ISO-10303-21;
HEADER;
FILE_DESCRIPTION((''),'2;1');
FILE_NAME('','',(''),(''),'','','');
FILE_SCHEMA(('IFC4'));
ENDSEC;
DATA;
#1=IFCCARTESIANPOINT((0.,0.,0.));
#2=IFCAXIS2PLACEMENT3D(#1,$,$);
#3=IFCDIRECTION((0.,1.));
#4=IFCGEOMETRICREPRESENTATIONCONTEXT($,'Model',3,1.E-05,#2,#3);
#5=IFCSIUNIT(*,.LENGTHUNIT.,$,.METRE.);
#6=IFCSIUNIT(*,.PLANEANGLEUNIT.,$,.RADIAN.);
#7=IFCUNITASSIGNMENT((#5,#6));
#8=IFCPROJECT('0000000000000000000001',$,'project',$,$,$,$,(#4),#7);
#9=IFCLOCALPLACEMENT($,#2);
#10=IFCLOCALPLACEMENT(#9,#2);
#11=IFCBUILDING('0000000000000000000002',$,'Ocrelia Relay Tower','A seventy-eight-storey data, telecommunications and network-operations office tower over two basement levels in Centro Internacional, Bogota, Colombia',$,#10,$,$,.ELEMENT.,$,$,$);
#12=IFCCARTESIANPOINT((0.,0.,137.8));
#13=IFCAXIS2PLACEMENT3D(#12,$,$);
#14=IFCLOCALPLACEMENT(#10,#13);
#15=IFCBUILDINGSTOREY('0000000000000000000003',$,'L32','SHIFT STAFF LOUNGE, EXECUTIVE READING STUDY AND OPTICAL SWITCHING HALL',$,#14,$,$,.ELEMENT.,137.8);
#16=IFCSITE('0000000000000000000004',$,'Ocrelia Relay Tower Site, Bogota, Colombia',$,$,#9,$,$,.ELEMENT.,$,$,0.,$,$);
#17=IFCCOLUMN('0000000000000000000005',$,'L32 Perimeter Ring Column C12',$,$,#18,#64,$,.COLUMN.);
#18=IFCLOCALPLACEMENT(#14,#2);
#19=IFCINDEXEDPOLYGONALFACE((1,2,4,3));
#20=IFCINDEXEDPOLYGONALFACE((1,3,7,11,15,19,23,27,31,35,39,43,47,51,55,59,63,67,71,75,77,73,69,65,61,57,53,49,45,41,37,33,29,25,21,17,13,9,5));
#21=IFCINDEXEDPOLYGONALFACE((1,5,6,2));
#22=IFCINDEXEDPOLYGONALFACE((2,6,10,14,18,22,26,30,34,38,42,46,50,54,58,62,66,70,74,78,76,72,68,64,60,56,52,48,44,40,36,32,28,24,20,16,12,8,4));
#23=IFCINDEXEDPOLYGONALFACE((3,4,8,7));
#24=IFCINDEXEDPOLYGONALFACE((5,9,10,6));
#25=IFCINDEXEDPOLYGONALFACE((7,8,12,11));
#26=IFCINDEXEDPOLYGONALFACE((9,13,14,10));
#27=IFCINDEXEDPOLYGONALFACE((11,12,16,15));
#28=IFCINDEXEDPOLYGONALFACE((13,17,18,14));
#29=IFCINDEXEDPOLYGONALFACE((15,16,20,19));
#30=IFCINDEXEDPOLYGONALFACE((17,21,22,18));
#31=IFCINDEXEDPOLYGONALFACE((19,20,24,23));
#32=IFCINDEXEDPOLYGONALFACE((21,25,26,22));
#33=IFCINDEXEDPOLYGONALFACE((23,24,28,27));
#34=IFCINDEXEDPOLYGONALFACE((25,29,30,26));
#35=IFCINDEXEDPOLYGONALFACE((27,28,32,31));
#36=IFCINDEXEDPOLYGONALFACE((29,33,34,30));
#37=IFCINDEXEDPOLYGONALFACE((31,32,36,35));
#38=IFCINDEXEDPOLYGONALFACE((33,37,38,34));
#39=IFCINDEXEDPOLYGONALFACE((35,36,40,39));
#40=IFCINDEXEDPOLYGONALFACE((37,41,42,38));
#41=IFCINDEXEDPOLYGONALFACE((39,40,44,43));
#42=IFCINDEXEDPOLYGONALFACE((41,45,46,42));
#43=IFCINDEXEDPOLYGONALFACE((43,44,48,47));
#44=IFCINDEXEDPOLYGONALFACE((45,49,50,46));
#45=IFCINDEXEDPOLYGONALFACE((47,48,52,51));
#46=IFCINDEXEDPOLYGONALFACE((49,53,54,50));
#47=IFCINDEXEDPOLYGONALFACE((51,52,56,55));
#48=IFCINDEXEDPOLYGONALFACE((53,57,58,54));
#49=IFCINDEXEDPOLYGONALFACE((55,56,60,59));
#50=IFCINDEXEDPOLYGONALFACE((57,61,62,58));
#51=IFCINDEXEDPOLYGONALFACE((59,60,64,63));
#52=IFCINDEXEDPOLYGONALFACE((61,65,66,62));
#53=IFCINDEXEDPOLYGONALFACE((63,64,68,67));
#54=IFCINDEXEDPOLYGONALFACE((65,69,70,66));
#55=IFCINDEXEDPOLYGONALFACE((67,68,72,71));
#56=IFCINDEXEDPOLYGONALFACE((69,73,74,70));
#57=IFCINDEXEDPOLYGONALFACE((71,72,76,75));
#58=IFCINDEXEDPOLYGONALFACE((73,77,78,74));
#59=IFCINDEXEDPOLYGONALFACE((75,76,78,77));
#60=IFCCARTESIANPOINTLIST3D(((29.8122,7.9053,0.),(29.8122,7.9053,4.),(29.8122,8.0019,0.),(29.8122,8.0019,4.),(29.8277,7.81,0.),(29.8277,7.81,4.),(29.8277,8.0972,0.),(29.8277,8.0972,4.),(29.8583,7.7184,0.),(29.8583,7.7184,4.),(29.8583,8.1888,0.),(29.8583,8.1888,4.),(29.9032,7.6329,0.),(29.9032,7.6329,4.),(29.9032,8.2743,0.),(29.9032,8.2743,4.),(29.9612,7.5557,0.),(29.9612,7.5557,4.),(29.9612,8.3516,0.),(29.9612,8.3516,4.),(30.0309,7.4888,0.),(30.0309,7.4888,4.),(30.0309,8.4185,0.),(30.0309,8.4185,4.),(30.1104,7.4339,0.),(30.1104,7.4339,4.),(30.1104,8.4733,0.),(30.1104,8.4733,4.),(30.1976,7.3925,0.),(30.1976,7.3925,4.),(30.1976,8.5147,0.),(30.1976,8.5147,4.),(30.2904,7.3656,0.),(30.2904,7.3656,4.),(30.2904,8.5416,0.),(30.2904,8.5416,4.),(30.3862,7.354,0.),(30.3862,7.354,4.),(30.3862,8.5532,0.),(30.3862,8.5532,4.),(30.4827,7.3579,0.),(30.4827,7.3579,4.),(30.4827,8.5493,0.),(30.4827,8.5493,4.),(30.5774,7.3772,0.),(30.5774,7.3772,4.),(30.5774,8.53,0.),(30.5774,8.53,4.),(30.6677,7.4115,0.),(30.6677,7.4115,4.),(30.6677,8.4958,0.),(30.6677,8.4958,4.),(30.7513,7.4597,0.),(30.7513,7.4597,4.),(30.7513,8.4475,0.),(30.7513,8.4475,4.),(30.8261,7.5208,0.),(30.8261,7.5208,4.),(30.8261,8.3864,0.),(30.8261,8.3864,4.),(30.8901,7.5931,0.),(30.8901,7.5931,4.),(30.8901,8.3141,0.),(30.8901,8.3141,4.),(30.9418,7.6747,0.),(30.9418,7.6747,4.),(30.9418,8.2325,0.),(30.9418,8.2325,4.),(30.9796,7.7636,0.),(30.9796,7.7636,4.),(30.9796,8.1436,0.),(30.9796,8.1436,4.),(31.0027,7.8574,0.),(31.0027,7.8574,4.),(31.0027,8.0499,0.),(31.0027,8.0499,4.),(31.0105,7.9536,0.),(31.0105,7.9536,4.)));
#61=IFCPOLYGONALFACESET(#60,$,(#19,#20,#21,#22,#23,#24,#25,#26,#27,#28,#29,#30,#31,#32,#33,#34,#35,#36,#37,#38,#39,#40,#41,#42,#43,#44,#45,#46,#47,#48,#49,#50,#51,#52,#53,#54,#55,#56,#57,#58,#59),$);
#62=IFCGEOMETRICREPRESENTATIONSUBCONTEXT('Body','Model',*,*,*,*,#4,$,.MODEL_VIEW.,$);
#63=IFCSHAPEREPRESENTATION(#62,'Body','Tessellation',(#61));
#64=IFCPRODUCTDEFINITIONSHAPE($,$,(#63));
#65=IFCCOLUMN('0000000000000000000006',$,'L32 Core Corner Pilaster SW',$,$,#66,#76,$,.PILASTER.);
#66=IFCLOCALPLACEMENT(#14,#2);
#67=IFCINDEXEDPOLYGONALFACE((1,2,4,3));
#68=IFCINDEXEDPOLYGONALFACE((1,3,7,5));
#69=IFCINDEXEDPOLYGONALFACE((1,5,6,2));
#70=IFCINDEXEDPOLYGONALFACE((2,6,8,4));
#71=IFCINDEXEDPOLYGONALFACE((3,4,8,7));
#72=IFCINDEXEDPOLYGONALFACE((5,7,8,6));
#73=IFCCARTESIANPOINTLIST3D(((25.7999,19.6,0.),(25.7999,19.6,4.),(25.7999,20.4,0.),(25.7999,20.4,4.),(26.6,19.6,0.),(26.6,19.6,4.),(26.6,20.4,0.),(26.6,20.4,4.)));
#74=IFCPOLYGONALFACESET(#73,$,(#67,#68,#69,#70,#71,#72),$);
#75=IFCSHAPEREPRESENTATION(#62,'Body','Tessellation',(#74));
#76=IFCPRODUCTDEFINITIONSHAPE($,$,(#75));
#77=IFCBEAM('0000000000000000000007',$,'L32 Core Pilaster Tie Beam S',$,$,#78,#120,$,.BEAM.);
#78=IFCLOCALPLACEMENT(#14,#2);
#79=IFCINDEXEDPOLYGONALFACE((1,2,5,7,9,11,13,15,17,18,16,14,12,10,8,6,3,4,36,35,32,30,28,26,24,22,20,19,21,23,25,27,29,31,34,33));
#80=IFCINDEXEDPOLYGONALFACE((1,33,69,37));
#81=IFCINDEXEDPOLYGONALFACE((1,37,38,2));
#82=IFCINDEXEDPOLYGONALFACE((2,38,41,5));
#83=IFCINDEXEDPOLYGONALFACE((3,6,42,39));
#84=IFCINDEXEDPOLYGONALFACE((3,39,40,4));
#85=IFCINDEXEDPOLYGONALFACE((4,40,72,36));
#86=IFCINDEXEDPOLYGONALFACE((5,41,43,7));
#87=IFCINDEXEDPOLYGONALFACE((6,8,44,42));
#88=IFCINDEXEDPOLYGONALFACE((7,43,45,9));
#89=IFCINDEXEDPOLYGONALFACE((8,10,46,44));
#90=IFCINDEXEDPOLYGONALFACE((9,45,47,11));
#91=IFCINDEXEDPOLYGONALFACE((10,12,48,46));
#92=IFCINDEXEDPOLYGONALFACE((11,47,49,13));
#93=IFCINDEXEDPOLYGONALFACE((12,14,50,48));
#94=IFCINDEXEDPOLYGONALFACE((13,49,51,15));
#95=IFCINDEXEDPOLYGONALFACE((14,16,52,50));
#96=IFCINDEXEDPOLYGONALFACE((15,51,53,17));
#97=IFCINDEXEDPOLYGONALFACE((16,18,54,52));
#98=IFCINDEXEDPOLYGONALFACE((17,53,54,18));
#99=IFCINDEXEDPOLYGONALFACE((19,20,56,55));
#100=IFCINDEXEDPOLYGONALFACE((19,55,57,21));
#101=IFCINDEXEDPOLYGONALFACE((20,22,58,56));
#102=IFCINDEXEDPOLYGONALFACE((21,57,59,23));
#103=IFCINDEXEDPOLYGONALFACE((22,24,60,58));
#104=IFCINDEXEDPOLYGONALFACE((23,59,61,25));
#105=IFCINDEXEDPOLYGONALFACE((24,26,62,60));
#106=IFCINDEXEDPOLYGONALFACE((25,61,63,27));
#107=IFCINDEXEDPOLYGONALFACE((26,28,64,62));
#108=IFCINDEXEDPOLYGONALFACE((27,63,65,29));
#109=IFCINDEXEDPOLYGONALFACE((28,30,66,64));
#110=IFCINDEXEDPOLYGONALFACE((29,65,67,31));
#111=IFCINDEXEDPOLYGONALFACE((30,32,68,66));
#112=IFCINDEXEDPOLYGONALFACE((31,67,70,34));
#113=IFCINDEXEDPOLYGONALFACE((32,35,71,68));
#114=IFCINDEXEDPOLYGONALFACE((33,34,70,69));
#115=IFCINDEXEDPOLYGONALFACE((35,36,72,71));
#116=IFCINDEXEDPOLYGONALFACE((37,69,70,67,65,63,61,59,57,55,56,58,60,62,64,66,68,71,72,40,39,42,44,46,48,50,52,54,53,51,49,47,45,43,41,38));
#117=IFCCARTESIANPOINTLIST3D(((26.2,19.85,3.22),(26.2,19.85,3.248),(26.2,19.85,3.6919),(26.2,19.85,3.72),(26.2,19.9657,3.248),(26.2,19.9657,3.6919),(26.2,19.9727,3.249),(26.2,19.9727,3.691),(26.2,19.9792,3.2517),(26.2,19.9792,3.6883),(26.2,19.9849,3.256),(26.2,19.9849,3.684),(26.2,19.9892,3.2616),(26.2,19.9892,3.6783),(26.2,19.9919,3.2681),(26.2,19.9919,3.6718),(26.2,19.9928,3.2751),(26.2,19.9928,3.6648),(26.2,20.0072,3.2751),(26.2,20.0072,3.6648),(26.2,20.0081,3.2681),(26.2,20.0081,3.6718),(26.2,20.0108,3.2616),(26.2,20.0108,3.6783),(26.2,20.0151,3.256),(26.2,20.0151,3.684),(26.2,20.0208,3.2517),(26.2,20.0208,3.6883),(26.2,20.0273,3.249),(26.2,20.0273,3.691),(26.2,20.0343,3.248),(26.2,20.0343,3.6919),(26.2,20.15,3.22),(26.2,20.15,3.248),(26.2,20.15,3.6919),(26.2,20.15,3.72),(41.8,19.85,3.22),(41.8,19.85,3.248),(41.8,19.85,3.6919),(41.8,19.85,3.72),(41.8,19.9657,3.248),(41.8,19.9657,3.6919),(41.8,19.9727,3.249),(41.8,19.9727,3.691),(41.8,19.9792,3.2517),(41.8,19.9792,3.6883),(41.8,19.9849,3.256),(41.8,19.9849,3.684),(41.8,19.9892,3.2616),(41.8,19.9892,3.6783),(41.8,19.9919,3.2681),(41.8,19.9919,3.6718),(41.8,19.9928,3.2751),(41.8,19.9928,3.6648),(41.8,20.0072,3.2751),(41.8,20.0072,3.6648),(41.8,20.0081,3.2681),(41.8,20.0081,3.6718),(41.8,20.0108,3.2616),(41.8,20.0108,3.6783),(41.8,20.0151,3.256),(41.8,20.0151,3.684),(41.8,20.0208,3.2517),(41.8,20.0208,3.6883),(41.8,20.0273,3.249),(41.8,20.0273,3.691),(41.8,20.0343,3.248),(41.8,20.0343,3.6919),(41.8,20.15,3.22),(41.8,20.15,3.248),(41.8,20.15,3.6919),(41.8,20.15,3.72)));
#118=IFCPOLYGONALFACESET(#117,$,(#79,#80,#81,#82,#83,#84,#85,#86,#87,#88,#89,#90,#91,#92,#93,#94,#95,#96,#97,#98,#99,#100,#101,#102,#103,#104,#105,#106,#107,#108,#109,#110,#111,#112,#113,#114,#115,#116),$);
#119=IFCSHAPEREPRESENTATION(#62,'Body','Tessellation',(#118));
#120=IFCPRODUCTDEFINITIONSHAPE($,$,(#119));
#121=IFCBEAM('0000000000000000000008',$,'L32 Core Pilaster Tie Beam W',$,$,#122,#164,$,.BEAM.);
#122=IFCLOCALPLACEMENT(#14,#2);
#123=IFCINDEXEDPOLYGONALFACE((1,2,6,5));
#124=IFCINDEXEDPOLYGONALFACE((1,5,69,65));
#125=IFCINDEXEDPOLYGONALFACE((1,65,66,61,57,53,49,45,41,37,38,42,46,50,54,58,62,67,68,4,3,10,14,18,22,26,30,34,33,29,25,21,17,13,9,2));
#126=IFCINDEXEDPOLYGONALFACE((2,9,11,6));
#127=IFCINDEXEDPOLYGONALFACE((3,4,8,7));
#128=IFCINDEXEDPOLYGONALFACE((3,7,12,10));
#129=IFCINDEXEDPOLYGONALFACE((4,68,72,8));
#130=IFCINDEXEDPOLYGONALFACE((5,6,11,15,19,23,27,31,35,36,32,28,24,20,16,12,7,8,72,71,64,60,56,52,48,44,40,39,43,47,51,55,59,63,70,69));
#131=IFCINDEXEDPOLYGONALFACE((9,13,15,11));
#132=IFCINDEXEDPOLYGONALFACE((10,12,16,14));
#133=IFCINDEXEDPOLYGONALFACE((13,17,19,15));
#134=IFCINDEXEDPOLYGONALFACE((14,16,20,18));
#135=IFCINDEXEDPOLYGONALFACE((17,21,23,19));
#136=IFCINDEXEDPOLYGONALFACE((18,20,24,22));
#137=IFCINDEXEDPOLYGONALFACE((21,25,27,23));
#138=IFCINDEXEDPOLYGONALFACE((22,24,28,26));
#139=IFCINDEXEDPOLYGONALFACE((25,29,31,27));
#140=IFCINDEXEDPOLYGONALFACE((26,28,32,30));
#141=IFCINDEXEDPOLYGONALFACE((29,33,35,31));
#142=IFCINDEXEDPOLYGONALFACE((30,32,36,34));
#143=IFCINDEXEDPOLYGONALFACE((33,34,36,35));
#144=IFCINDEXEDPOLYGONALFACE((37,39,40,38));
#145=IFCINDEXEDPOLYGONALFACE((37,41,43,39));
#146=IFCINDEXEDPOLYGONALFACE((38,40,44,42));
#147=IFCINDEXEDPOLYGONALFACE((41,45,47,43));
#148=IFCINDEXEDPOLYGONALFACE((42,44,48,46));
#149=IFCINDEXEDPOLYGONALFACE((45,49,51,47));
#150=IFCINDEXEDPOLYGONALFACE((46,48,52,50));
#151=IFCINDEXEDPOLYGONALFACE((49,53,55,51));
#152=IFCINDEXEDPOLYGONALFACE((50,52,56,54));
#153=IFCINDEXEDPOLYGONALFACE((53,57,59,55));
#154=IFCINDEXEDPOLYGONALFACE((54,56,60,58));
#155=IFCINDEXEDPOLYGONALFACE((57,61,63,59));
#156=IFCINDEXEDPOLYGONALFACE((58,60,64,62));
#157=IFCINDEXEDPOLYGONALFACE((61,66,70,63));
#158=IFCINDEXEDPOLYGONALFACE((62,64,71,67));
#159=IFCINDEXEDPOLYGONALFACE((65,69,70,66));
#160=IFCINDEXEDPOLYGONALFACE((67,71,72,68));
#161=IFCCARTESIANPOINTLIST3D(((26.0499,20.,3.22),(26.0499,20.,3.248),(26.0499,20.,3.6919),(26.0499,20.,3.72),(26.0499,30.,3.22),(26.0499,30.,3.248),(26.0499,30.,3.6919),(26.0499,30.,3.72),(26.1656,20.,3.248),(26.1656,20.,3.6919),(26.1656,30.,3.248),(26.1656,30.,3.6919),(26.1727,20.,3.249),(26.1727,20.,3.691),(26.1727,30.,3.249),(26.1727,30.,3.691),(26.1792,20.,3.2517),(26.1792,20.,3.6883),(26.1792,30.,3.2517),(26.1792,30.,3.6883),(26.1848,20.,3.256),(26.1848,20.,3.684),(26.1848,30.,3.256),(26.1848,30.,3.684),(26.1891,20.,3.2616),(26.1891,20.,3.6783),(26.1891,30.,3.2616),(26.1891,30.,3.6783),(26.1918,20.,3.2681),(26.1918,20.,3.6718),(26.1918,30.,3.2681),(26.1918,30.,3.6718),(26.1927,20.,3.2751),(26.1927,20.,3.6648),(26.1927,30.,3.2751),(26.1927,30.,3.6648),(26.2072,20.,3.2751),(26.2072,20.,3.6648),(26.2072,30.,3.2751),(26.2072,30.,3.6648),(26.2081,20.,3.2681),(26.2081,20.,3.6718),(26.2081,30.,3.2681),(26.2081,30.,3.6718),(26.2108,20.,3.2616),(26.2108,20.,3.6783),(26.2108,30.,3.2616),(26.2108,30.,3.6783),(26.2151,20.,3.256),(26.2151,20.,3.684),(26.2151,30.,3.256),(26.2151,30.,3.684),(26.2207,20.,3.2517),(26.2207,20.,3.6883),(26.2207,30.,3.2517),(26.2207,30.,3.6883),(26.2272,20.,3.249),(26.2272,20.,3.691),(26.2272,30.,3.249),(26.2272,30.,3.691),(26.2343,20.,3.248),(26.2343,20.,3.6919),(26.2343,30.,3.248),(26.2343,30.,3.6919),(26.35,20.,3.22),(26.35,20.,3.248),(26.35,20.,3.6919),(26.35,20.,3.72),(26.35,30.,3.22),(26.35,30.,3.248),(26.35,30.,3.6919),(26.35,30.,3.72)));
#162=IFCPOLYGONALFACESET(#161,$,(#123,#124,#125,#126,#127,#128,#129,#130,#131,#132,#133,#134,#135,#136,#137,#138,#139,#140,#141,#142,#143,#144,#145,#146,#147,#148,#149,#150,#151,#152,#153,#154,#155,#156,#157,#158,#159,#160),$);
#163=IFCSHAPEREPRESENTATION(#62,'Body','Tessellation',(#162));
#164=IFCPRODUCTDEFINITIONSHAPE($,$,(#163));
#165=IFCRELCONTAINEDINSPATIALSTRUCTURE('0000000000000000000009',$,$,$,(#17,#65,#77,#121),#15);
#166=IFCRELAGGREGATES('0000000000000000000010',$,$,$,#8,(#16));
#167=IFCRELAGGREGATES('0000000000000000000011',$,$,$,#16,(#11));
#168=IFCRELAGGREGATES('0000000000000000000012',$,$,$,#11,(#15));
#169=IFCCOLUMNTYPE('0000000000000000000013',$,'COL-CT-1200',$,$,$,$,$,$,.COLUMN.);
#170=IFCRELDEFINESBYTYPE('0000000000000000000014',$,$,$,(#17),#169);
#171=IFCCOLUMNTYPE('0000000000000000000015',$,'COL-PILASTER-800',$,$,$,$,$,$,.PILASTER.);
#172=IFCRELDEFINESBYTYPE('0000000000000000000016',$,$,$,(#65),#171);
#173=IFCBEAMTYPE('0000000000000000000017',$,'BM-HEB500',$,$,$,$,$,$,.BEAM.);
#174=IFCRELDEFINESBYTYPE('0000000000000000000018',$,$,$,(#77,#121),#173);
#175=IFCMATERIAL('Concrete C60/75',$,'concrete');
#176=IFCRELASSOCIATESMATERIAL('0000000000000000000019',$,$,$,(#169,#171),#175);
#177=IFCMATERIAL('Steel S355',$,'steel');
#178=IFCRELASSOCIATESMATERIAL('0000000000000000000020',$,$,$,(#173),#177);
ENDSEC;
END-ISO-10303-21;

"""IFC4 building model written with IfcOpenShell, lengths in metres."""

from ifc_helpers import new_model, si_unit, direction, frame, origin, origin_2d, place, context, subcontext, project, spatial, rectangle, circle, i_section, extrude, material, material_profile, profile_set, type_object, element, save


model = new_model("IFC4")

# Units and contexts
model_context = context("Model", 3, precision=1e-05, world=origin(), true_north=direction((0.0, 1.0)))
body_context = subcontext(model_context, "Body", "Model", "MODEL_VIEW")
ifc_project = project(units=[si_unit("LENGTHUNIT", "METRE"), si_unit("PLANEANGLEUNIT", "RADIAN")], contexts=[model_context])

# Site, building, storey
site_placement = place(None, origin())
site = spatial("IfcSite", under=ifc_project, at=site_placement, Name="Ocrelia Relay Tower Site, Bogota, Colombia", CompositionType="ELEMENT", RefElevation=0.0)
building_placement = place(site_placement, origin())
building = spatial("IfcBuilding", under=site, at=building_placement, Name="Ocrelia Relay Tower", Description="A seventy-eight-storey data, telecommunications and network-operations office tower over two basement levels in Centro Internacional, Bogota, Colombia", CompositionType="ELEMENT")
storey_placement = place(building_placement, frame((0.0, 0.0, 137.8)))
storey = spatial("IfcBuildingStorey", under=building, at=storey_placement, Name="L32", Description="SHIFT STAFF LOUNGE, EXECUTIVE READING STUDY AND OPTICAL SWITCHING HALL", CompositionType="ELEMENT", Elevation=137.8)

# Columns
ifc_material_1 = material(Name="Concrete C60/75", Category="concrete")
ifc_material_profile_1 = material_profile(ifc_material_1, circle(Radius=0.6001, at=origin_2d()), Name="RC-CIR-1200")
ifc_profile_set_1 = profile_set([ifc_material_profile_1], Name="Concrete C60/75")
column_type_1 = type_object("IfcColumnType", Name="COL-CT-1200", PredefinedType="COLUMN", material=ifc_profile_set_1)
column_1_placement = place(storey_placement, frame((30.4104, 7.9536, 0.0), z_axis=(0.0, 0.0, 1.0), x_axis=(1.0, 0.0, 0.0)))
element("IfcColumn", 1, at=column_1_placement, inside=storey, type_object=column_type_1, Name="L32 Perimeter Ring Column C12", PredefinedType="COLUMN", context=body_context, shape_type="SweptSolid", body=[
    extrude(circle(Radius=0.6001, at=origin_2d()), origin(), (0.0, 0.0, 1.0), 4.0),
])
ifc_material_profile_2 = material_profile(ifc_material_1, rectangle(XDim=0.8, YDim=0.8, at=origin_2d()), Name="RC-COL-800x800")
ifc_profile_set_2 = profile_set([ifc_material_profile_2], Name="Concrete C60/75")
column_type_2 = type_object("IfcColumnType", Name="COL-PILASTER-800", PredefinedType="PILASTER", material=ifc_profile_set_2)
column_2_placement = place(storey_placement, frame((26.2, 20.0, 0.0), z_axis=(0.0, 0.0, 1.0), x_axis=(1.0, 0.0, 0.0)))
element("IfcColumn", 2, at=column_2_placement, inside=storey, type_object=column_type_2, Name="L32 Core Corner Pilaster SW", PredefinedType="PILASTER", context=body_context, shape_type="SweptSolid", body=[
    extrude(rectangle(XDim=0.8, YDim=0.8, at=origin_2d()), origin(), (0.0, 0.0, 1.0), 4.0),
])

# Beams
ifc_material_2 = material(Name="Steel S355", Category="steel")
ifc_material_profile_3 = material_profile(ifc_material_2, i_section(OverallWidth=0.3, OverallDepth=0.5, WebThickness=0.0144, FlangeThickness=0.0281, FilletRadius=0.0271, at=origin_2d()), Name="HEB 500")
ifc_profile_set_3 = profile_set([ifc_material_profile_3], Name="Steel S355")
beam_type_1 = type_object("IfcBeamType", Name="BM-HEB500", PredefinedType="BEAM", material=ifc_profile_set_3)
beam_1_placement = place(storey_placement, frame((26.2, 20.0, 3.47), z_axis=(1.0, 0.0, 0.0), x_axis=(0.0, 1.0, 0.0)))
element("IfcBeam", 3, at=beam_1_placement, inside=storey, type_object=beam_type_1, Name="L32 Core Pilaster Tie Beam S", PredefinedType="BEAM", context=body_context, shape_type="SweptSolid", body=[
    extrude(i_section(OverallWidth=0.3, OverallDepth=0.5, WebThickness=0.0144, FlangeThickness=0.0281, FilletRadius=0.0271, at=origin_2d()), origin(), (0.0, 0.0, 1.0), 15.6001),
])
beam_2_placement = place(storey_placement, frame((26.2, 20.0, 3.47), z_axis=(0.0, 1.0, 0.0), x_axis=(-1.0, 0.0, 0.0)))
element("IfcBeam", 4, at=beam_2_placement, inside=storey, type_object=beam_type_1, Name="L32 Core Pilaster Tie Beam W", PredefinedType="BEAM", context=body_context, shape_type="SweptSolid", body=[
    extrude(i_section(OverallWidth=0.3, OverallDepth=0.5, WebThickness=0.0144, FlangeThickness=0.0281, FilletRadius=0.0271, at=origin_2d()), origin(), (0.0, 0.0, 1.0), 10.0),
])

save(model, "model.ifc")
